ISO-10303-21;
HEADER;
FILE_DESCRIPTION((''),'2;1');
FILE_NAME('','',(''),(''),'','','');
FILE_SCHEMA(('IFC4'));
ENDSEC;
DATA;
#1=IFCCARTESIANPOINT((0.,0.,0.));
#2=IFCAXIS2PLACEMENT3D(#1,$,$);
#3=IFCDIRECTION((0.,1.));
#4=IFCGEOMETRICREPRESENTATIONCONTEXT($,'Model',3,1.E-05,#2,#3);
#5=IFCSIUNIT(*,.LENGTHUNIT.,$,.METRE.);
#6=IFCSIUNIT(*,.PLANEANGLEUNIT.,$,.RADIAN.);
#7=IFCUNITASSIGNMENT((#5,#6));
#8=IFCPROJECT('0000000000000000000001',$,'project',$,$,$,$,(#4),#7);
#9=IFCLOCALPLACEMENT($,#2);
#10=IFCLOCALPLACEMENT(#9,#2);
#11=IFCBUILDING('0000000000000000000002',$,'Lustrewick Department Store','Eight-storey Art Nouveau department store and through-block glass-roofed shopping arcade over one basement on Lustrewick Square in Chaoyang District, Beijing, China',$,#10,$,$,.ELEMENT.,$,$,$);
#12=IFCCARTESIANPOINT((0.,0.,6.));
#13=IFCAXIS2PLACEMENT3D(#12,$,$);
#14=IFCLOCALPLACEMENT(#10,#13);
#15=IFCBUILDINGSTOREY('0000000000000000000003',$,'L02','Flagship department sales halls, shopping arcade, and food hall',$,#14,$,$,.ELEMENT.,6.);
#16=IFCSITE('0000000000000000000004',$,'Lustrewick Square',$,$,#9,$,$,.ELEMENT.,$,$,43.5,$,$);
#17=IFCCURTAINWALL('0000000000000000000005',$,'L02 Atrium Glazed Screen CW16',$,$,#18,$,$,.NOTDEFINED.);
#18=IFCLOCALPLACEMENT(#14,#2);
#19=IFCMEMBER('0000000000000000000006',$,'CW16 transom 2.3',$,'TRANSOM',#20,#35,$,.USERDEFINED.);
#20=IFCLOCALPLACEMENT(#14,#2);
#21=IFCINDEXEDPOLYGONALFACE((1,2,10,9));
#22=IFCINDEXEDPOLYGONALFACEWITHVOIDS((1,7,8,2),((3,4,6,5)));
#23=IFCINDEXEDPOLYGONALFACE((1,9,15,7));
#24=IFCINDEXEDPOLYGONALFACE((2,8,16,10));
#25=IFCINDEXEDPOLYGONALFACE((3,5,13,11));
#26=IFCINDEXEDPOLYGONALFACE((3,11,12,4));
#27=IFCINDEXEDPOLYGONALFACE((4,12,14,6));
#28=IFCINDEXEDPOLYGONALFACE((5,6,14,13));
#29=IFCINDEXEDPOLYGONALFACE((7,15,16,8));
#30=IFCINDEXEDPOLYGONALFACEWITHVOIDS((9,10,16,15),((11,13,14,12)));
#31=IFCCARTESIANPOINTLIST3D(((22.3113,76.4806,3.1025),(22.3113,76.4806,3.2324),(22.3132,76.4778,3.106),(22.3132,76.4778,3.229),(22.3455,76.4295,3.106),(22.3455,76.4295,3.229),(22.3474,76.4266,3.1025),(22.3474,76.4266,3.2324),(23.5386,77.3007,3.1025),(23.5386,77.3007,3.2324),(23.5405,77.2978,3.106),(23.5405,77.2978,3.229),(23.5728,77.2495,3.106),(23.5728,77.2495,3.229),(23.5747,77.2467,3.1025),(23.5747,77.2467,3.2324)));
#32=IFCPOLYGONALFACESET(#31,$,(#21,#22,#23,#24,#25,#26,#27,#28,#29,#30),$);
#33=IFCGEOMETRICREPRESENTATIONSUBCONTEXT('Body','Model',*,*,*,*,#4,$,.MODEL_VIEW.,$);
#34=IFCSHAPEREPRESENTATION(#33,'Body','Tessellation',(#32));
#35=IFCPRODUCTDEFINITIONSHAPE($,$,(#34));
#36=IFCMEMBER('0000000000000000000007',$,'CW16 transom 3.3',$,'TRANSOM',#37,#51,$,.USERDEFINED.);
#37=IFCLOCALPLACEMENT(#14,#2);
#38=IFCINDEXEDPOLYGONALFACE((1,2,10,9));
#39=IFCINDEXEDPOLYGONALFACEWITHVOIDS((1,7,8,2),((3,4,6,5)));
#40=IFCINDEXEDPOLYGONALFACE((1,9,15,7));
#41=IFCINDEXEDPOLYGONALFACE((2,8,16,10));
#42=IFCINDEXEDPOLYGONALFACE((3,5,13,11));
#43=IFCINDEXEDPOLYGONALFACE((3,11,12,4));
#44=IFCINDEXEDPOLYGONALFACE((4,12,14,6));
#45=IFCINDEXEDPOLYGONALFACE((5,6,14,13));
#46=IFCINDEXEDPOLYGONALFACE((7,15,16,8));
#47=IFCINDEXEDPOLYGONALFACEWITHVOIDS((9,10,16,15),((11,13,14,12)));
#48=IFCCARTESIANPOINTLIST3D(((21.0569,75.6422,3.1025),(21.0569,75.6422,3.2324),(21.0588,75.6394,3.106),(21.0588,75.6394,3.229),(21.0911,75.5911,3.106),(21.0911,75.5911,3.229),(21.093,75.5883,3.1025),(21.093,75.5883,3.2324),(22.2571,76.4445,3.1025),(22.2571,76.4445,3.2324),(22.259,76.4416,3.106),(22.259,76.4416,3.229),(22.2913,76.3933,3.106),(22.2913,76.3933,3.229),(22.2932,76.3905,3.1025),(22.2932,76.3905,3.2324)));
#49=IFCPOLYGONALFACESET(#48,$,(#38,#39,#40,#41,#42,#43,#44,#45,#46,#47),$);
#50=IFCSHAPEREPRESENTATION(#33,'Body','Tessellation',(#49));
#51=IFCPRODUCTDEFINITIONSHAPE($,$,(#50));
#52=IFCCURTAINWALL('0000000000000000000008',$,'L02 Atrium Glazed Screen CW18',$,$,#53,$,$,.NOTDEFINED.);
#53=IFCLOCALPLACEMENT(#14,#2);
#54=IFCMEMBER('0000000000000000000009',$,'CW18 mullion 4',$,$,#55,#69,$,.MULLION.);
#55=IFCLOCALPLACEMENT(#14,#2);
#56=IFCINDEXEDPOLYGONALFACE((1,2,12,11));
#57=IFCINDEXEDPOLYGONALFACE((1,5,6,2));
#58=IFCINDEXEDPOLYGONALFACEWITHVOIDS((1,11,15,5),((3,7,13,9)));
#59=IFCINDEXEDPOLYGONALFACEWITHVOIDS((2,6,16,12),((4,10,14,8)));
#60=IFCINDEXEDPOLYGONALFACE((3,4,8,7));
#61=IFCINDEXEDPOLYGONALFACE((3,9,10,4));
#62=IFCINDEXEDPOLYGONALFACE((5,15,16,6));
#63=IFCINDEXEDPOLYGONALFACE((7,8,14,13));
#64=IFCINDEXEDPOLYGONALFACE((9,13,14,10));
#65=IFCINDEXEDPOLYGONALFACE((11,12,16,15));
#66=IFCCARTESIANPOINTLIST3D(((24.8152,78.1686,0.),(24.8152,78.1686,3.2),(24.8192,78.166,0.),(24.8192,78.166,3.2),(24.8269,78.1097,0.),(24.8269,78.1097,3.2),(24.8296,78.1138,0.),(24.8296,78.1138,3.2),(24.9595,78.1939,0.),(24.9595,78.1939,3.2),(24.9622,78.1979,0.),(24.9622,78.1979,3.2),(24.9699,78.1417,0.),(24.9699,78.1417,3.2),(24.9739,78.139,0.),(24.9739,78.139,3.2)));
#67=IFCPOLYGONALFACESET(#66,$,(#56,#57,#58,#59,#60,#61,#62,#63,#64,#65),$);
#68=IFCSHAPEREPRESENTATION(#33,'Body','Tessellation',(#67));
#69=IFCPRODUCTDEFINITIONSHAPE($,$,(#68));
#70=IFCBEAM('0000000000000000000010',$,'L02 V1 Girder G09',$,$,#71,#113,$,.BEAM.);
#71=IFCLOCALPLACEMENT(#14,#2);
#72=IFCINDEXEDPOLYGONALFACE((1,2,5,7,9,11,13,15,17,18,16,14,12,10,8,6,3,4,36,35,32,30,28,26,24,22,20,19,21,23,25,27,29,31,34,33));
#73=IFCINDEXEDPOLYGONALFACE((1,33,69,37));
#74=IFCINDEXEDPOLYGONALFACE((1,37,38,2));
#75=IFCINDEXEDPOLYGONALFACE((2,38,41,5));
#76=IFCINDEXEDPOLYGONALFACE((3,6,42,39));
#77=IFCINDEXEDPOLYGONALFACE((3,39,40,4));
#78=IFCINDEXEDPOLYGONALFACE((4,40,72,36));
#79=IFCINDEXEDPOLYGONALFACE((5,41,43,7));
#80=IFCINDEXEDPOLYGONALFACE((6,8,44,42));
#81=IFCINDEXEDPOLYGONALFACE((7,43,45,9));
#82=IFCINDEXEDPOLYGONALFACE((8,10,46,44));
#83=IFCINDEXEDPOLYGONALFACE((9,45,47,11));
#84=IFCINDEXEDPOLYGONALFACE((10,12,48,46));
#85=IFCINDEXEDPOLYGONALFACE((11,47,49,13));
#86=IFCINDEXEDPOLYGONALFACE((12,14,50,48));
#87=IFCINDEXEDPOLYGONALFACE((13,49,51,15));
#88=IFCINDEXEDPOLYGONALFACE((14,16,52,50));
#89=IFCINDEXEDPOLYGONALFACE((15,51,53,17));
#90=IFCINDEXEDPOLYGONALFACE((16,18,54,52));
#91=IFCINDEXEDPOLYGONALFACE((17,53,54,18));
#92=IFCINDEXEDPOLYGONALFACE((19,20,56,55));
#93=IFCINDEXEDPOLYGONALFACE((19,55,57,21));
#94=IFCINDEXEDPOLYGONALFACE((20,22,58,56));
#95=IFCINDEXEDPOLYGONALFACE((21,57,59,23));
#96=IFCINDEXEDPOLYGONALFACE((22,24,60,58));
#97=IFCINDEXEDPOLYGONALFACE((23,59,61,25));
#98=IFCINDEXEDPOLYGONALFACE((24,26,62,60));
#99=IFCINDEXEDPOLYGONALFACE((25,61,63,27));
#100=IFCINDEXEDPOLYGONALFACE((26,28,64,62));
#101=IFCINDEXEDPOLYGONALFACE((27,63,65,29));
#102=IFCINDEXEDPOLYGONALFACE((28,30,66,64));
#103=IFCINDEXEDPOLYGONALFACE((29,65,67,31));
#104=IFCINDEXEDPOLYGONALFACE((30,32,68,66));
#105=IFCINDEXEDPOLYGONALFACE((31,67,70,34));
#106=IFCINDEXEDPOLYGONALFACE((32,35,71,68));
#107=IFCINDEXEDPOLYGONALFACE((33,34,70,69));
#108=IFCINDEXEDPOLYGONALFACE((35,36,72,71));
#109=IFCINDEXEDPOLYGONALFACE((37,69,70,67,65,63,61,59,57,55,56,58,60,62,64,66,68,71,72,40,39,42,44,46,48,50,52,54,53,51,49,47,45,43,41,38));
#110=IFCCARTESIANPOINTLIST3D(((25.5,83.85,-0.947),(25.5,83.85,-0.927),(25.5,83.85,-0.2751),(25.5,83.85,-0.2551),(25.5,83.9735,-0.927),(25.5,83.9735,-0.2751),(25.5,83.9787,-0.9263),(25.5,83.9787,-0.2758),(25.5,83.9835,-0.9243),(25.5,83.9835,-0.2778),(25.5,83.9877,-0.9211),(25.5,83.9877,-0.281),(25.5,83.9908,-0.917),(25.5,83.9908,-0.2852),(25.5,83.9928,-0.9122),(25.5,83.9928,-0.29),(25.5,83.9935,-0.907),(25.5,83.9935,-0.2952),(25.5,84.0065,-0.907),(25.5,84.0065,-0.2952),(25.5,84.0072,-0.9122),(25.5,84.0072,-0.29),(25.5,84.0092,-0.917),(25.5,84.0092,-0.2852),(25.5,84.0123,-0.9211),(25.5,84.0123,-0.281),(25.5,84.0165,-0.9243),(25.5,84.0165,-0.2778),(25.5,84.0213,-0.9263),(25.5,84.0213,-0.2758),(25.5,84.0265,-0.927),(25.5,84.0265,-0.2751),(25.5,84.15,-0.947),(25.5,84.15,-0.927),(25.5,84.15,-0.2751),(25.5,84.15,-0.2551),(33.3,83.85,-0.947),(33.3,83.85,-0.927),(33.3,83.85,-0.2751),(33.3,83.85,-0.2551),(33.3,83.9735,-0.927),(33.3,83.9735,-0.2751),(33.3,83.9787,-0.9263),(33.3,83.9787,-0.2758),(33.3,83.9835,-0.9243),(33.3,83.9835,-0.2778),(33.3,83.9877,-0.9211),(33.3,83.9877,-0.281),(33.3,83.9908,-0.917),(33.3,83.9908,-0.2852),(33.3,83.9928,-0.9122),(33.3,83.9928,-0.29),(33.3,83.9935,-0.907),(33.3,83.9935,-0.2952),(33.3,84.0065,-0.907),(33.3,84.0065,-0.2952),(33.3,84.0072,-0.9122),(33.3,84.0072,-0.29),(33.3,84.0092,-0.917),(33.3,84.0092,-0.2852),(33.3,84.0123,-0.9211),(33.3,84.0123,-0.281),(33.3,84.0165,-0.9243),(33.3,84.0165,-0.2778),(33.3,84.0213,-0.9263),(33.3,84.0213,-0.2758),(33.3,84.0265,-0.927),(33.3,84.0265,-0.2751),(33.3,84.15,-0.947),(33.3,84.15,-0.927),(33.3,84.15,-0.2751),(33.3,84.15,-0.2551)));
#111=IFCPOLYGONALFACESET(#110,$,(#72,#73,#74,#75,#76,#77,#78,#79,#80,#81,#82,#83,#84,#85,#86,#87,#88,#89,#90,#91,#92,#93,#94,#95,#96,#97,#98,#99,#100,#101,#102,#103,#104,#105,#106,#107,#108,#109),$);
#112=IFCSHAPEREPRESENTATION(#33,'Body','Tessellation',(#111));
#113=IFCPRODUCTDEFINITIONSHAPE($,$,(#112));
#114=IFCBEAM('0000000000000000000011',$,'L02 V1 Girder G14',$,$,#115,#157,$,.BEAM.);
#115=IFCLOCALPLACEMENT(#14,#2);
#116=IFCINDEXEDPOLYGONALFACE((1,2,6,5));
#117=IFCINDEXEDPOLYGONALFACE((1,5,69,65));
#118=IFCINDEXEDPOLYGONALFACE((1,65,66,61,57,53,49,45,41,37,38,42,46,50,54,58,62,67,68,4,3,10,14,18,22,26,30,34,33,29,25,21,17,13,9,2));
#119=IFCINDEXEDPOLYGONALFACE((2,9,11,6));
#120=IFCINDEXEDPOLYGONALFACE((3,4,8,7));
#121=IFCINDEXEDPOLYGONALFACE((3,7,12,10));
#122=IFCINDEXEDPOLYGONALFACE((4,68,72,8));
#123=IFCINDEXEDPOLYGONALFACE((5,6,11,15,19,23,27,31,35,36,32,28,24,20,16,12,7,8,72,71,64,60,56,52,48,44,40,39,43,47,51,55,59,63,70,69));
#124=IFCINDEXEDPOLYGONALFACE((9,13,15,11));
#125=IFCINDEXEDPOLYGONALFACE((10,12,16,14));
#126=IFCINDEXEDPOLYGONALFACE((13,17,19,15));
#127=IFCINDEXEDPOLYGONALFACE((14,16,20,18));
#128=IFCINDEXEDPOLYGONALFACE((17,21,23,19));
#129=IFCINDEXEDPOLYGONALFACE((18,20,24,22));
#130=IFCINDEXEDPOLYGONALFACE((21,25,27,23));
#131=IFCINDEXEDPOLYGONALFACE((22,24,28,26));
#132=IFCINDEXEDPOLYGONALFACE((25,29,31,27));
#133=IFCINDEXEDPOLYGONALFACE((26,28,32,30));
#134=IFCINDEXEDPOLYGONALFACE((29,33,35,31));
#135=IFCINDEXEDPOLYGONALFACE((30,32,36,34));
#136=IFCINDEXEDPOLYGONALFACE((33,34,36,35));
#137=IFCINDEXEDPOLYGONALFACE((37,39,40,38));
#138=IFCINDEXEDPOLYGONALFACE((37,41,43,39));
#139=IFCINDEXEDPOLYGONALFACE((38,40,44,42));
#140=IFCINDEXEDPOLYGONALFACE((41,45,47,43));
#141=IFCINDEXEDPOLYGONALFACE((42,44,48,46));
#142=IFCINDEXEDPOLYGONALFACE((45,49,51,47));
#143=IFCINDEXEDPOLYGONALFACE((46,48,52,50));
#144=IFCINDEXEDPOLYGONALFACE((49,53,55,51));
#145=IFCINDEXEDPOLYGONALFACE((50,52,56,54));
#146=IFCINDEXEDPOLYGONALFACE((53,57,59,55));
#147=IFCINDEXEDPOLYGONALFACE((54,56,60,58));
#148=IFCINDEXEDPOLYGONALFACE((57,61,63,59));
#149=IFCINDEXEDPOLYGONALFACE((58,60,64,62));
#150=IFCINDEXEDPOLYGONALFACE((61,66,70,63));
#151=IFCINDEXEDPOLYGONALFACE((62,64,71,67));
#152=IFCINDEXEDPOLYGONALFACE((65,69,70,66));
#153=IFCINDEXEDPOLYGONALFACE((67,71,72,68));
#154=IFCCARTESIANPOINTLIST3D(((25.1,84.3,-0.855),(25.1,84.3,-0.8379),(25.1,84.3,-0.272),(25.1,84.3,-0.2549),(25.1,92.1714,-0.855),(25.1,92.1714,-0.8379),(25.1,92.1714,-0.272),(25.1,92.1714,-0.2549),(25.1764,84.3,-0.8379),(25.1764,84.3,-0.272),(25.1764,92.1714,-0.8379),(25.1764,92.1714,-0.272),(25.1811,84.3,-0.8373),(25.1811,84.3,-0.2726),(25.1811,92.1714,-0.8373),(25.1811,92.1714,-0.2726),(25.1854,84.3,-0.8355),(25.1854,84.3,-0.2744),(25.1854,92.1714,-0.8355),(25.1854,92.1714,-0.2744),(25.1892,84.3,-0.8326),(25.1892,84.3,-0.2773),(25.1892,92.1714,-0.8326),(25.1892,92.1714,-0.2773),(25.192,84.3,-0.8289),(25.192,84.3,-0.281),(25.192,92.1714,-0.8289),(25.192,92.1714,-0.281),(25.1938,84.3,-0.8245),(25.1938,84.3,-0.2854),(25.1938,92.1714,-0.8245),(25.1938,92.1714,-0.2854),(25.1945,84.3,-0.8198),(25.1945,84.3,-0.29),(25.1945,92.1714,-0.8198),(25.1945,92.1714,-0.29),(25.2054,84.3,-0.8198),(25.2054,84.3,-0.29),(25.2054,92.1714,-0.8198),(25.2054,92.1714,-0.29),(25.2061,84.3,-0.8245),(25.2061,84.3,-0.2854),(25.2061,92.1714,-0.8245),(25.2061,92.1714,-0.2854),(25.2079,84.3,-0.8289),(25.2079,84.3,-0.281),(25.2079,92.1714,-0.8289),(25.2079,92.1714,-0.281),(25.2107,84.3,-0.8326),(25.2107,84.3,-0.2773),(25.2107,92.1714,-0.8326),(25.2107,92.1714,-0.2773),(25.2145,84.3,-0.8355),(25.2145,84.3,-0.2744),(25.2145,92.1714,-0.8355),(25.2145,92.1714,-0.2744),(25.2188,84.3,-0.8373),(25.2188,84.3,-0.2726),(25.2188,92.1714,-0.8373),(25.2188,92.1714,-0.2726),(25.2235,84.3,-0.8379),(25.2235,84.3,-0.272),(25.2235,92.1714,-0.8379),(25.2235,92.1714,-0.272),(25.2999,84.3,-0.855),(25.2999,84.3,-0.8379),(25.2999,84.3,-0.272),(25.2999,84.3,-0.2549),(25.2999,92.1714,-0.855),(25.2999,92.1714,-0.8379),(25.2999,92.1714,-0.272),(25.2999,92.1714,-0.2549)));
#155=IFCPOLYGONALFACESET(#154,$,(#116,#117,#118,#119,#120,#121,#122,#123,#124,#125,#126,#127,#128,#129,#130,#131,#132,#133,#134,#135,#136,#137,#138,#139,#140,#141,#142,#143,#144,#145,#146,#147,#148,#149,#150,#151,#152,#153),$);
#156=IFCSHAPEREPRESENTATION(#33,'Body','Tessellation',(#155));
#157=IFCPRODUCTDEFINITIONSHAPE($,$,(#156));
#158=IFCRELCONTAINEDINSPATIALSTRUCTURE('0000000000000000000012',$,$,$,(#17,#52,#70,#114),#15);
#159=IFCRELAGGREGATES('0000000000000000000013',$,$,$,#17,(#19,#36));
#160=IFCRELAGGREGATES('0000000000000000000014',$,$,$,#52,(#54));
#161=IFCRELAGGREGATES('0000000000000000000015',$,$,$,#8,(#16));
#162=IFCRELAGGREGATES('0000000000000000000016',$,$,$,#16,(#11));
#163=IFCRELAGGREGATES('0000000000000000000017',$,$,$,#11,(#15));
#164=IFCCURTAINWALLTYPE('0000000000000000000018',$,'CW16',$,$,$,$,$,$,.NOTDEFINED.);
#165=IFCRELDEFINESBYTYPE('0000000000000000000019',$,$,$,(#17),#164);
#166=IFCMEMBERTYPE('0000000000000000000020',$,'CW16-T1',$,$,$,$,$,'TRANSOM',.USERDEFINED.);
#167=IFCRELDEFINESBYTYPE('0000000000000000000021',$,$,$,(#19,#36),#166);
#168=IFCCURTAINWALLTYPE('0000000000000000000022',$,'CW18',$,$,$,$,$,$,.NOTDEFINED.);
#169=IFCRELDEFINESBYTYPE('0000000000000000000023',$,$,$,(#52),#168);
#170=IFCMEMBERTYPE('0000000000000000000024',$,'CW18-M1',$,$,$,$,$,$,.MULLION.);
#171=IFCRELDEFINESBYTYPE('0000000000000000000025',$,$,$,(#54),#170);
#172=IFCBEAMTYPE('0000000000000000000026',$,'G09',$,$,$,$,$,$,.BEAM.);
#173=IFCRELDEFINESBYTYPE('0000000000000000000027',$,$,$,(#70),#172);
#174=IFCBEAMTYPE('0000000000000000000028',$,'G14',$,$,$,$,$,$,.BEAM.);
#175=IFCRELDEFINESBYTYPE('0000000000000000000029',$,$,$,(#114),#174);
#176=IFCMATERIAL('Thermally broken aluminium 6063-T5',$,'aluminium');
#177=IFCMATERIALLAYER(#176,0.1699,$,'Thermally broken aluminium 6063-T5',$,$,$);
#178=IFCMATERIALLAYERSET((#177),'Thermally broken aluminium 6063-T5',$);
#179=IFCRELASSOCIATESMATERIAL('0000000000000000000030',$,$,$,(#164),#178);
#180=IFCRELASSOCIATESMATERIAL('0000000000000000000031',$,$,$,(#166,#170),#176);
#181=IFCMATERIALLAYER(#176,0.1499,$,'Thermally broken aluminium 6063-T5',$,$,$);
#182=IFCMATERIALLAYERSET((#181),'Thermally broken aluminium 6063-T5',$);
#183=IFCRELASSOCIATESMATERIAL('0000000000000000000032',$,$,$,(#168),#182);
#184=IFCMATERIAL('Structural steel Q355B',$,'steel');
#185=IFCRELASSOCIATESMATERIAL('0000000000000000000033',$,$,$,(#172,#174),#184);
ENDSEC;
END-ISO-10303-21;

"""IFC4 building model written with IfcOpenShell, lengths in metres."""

from ifc_helpers import new_model, si_unit, direction, frame, origin, origin_2d, place, context, subcontext, project, spatial, hollow_rectangle, i_section, extrude, material, layer, layer_set, material_profile, profile_set, type_object, element, aggregate, save


model = new_model("IFC4")

# Units and contexts
model_context = context("Model", 3, precision=1e-05, world=origin(), true_north=direction((0.0, 1.0)))
body_context = subcontext(model_context, "Body", "Model", "MODEL_VIEW")
ifc_project = project(units=[si_unit("LENGTHUNIT", "METRE"), si_unit("PLANEANGLEUNIT", "RADIAN")], contexts=[model_context])

# Site, building, storey
site_placement = place(None, origin())
site = spatial("IfcSite", under=ifc_project, at=site_placement, Name="Lustrewick Square", CompositionType="ELEMENT", RefElevation=43.5)
building_placement = place(site_placement, origin())
building = spatial("IfcBuilding", under=site, at=building_placement, Name="Lustrewick Department Store", Description="Eight-storey Art Nouveau department store and through-block glass-roofed shopping arcade over one basement on Lustrewick Square in Chaoyang District, Beijing, China", CompositionType="ELEMENT")
storey_placement = place(building_placement, frame((0.0, 0.0, 6.0)))
storey = spatial("IfcBuildingStorey", under=building, at=storey_placement, Name="L02", Description="Flagship department sales halls, shopping arcade, and food hall", CompositionType="ELEMENT", Elevation=6.0)

# Shared definitions
ifc_material_1 = material(Name="Structural steel Q355B", Category="steel")

# Curtain wall, members
ifc_material_2 = material(Name="Thermally broken aluminium 6063-T5", Category="aluminium")
ifc_layer_1 = layer(ifc_material_2, 0.1699, Name="Thermally broken aluminium 6063-T5")
ifc_layer_set_1 = layer_set([ifc_layer_1], Name="Thermally broken aluminium 6063-T5")
curtain_wall_type_1 = type_object("IfcCurtainWallType", Name="CW16", PredefinedType="NOTDEFINED", material=ifc_layer_set_1)
curtain_wall_1_placement = place(storey_placement, origin())
curtain_wall_1 = element("IfcCurtainWall", 1, at=curtain_wall_1_placement, inside=storey, type_object=curtain_wall_type_1, Name="L02 Atrium Glazed Screen CW16", PredefinedType="NOTDEFINED")
ifc_material_profile_1 = material_profile(ifc_material_2, hollow_rectangle(XDim=0.0649, YDim=0.1299, WallThickness=0.0034, at=origin_2d()), Name="ALU-T 65x130x3.5")
ifc_profile_set_1 = profile_set([ifc_material_profile_1], Name="Thermally broken aluminium 6063-T5")
member_type_1 = type_object("IfcMemberType", Name="CW16-T1", ElementType="TRANSOM", PredefinedType="USERDEFINED", material=ifc_profile_set_1)
member_1_placement = place(storey_placement, frame((23.5566, 77.2737, 3.1675), z_axis=(-0.831465, -0.555578, 0.0), x_axis=(0.555578, -0.831465, 0.0)))
member_1 = element("IfcMember", 2, at=member_1_placement, type_object=member_type_1, Name="CW16 transom 2.3", ObjectType="TRANSOM", PredefinedType="USERDEFINED", context=body_context, shape_type="SweptSolid", body=[
    extrude(hollow_rectangle(XDim=0.0649, YDim=0.1299, WallThickness=0.0034, at=origin_2d()), origin(), (0.0, 0.0, 1.0), 1.4761),
])
member_2_placement = place(storey_placement, frame((22.2751, 76.4175, 3.1675), z_axis=(-0.831373, -0.555714, 0.0), x_axis=(0.555714, -0.831373, 0.0)))
member_2 = element("IfcMember", 3, at=member_2_placement, type_object=member_type_1, Name="CW16 transom 3.3", ObjectType="TRANSOM", PredefinedType="USERDEFINED", context=body_context, shape_type="SweptSolid", body=[
    extrude(hollow_rectangle(XDim=0.0649, YDim=0.1299, WallThickness=0.0034, at=origin_2d()), origin(), (0.0, 0.0, 1.0), 1.4436),
])

# Curtain wall, member
ifc_layer_2 = layer(ifc_material_2, 0.1499, Name="Thermally broken aluminium 6063-T5")
ifc_layer_set_2 = layer_set([ifc_layer_2], Name="Thermally broken aluminium 6063-T5")
curtain_wall_type_2 = type_object("IfcCurtainWallType", Name="CW18", PredefinedType="NOTDEFINED", material=ifc_layer_set_2)
curtain_wall_2_placement = place(storey_placement, origin())
curtain_wall_2 = element("IfcCurtainWall", 4, at=curtain_wall_2_placement, inside=storey, type_object=curtain_wall_type_2, Name="L02 Atrium Glazed Screen CW18", PredefinedType="NOTDEFINED")
ifc_material_profile_2 = material_profile(ifc_material_2, hollow_rectangle(XDim=0.0601, YDim=0.1499, WallThickness=0.0034, at=origin_2d()), Name="ALU-M 60x150x3.5")
ifc_profile_set_2 = profile_set([ifc_material_profile_2], Name="Thermally broken aluminium 6063-T5")
member_type_2 = type_object("IfcMemberType", Name="CW18-M1", PredefinedType="MULLION", material=ifc_profile_set_2)
member_3_placement = place(storey_placement, frame((24.8945, 78.1538, 0.0), z_axis=(0.0, 0.0, 1.0), x_axis=(0.195085, -0.980786, 0.0)))
member_3 = element("IfcMember", 5, at=member_3_placement, type_object=member_type_2, Name="CW18 mullion 4", PredefinedType="MULLION", context=body_context, shape_type="SweptSolid", body=[
    extrude(hollow_rectangle(XDim=0.0601, YDim=0.1499, WallThickness=0.0034, at=origin_2d()), origin(), (0.0, 0.0, 1.0), 3.2),
])

# Beams
ifc_material_profile_3 = material_profile(ifc_material_1, i_section(OverallWidth=0.3, OverallDepth=0.6919, WebThickness=0.0129, FlangeThickness=0.02, FilletRadius=0.02, at=origin_2d()), Name="HN 692x300x13x20")
ifc_profile_set_3 = profile_set([ifc_material_profile_3], Name="Structural steel Q355B")
beam_type_1 = type_object("IfcBeamType", Name="G09", PredefinedType="BEAM", material=ifc_profile_set_3)
beam_1_placement = place(storey_placement, frame((25.5, 84.0, -0.6011), z_axis=(1.0, 0.0, 0.0), x_axis=(0.0, 1.0, 0.0)))
element("IfcBeam", 6, at=beam_1_placement, inside=storey, type_object=beam_type_1, Name="L02 V1 Girder G09", PredefinedType="BEAM", context=body_context, shape_type="SweptSolid", body=[
    extrude(i_section(OverallWidth=0.3, OverallDepth=0.6919, WebThickness=0.0129, FlangeThickness=0.02, FilletRadius=0.02, at=origin_2d()), origin(), (0.0, 0.0, 1.0), 7.8),
])
ifc_material_profile_4 = material_profile(ifc_material_1, i_section(OverallWidth=0.2, OverallDepth=0.6001, WebThickness=0.011, FlangeThickness=0.0171, FilletRadius=0.0181, at=origin_2d()), Name="HN 600x200x11x17")
ifc_profile_set_4 = profile_set([ifc_material_profile_4], Name="Structural steel Q355B")
beam_type_2 = type_object("IfcBeamType", Name="G14", PredefinedType="BEAM", material=ifc_profile_set_4)
beam_2_placement = place(storey_placement, frame((25.2, 84.3, -0.5549), z_axis=(0.0, 1.0, 0.0), x_axis=(-1.0, 0.0, 0.0)))
element("IfcBeam", 7, at=beam_2_placement, inside=storey, type_object=beam_type_2, Name="L02 V1 Girder G14", PredefinedType="BEAM", context=body_context, shape_type="SweptSolid", body=[
    extrude(i_section(OverallWidth=0.2, OverallDepth=0.6001, WebThickness=0.011, FlangeThickness=0.0171, FilletRadius=0.0181, at=origin_2d()), origin(), (0.0, 0.0, 1.0), 7.8713),
])

aggregate(curtain_wall_1, [member_1, member_2])
aggregate(curtain_wall_2, [member_3])

save(model, "model.ifc")
